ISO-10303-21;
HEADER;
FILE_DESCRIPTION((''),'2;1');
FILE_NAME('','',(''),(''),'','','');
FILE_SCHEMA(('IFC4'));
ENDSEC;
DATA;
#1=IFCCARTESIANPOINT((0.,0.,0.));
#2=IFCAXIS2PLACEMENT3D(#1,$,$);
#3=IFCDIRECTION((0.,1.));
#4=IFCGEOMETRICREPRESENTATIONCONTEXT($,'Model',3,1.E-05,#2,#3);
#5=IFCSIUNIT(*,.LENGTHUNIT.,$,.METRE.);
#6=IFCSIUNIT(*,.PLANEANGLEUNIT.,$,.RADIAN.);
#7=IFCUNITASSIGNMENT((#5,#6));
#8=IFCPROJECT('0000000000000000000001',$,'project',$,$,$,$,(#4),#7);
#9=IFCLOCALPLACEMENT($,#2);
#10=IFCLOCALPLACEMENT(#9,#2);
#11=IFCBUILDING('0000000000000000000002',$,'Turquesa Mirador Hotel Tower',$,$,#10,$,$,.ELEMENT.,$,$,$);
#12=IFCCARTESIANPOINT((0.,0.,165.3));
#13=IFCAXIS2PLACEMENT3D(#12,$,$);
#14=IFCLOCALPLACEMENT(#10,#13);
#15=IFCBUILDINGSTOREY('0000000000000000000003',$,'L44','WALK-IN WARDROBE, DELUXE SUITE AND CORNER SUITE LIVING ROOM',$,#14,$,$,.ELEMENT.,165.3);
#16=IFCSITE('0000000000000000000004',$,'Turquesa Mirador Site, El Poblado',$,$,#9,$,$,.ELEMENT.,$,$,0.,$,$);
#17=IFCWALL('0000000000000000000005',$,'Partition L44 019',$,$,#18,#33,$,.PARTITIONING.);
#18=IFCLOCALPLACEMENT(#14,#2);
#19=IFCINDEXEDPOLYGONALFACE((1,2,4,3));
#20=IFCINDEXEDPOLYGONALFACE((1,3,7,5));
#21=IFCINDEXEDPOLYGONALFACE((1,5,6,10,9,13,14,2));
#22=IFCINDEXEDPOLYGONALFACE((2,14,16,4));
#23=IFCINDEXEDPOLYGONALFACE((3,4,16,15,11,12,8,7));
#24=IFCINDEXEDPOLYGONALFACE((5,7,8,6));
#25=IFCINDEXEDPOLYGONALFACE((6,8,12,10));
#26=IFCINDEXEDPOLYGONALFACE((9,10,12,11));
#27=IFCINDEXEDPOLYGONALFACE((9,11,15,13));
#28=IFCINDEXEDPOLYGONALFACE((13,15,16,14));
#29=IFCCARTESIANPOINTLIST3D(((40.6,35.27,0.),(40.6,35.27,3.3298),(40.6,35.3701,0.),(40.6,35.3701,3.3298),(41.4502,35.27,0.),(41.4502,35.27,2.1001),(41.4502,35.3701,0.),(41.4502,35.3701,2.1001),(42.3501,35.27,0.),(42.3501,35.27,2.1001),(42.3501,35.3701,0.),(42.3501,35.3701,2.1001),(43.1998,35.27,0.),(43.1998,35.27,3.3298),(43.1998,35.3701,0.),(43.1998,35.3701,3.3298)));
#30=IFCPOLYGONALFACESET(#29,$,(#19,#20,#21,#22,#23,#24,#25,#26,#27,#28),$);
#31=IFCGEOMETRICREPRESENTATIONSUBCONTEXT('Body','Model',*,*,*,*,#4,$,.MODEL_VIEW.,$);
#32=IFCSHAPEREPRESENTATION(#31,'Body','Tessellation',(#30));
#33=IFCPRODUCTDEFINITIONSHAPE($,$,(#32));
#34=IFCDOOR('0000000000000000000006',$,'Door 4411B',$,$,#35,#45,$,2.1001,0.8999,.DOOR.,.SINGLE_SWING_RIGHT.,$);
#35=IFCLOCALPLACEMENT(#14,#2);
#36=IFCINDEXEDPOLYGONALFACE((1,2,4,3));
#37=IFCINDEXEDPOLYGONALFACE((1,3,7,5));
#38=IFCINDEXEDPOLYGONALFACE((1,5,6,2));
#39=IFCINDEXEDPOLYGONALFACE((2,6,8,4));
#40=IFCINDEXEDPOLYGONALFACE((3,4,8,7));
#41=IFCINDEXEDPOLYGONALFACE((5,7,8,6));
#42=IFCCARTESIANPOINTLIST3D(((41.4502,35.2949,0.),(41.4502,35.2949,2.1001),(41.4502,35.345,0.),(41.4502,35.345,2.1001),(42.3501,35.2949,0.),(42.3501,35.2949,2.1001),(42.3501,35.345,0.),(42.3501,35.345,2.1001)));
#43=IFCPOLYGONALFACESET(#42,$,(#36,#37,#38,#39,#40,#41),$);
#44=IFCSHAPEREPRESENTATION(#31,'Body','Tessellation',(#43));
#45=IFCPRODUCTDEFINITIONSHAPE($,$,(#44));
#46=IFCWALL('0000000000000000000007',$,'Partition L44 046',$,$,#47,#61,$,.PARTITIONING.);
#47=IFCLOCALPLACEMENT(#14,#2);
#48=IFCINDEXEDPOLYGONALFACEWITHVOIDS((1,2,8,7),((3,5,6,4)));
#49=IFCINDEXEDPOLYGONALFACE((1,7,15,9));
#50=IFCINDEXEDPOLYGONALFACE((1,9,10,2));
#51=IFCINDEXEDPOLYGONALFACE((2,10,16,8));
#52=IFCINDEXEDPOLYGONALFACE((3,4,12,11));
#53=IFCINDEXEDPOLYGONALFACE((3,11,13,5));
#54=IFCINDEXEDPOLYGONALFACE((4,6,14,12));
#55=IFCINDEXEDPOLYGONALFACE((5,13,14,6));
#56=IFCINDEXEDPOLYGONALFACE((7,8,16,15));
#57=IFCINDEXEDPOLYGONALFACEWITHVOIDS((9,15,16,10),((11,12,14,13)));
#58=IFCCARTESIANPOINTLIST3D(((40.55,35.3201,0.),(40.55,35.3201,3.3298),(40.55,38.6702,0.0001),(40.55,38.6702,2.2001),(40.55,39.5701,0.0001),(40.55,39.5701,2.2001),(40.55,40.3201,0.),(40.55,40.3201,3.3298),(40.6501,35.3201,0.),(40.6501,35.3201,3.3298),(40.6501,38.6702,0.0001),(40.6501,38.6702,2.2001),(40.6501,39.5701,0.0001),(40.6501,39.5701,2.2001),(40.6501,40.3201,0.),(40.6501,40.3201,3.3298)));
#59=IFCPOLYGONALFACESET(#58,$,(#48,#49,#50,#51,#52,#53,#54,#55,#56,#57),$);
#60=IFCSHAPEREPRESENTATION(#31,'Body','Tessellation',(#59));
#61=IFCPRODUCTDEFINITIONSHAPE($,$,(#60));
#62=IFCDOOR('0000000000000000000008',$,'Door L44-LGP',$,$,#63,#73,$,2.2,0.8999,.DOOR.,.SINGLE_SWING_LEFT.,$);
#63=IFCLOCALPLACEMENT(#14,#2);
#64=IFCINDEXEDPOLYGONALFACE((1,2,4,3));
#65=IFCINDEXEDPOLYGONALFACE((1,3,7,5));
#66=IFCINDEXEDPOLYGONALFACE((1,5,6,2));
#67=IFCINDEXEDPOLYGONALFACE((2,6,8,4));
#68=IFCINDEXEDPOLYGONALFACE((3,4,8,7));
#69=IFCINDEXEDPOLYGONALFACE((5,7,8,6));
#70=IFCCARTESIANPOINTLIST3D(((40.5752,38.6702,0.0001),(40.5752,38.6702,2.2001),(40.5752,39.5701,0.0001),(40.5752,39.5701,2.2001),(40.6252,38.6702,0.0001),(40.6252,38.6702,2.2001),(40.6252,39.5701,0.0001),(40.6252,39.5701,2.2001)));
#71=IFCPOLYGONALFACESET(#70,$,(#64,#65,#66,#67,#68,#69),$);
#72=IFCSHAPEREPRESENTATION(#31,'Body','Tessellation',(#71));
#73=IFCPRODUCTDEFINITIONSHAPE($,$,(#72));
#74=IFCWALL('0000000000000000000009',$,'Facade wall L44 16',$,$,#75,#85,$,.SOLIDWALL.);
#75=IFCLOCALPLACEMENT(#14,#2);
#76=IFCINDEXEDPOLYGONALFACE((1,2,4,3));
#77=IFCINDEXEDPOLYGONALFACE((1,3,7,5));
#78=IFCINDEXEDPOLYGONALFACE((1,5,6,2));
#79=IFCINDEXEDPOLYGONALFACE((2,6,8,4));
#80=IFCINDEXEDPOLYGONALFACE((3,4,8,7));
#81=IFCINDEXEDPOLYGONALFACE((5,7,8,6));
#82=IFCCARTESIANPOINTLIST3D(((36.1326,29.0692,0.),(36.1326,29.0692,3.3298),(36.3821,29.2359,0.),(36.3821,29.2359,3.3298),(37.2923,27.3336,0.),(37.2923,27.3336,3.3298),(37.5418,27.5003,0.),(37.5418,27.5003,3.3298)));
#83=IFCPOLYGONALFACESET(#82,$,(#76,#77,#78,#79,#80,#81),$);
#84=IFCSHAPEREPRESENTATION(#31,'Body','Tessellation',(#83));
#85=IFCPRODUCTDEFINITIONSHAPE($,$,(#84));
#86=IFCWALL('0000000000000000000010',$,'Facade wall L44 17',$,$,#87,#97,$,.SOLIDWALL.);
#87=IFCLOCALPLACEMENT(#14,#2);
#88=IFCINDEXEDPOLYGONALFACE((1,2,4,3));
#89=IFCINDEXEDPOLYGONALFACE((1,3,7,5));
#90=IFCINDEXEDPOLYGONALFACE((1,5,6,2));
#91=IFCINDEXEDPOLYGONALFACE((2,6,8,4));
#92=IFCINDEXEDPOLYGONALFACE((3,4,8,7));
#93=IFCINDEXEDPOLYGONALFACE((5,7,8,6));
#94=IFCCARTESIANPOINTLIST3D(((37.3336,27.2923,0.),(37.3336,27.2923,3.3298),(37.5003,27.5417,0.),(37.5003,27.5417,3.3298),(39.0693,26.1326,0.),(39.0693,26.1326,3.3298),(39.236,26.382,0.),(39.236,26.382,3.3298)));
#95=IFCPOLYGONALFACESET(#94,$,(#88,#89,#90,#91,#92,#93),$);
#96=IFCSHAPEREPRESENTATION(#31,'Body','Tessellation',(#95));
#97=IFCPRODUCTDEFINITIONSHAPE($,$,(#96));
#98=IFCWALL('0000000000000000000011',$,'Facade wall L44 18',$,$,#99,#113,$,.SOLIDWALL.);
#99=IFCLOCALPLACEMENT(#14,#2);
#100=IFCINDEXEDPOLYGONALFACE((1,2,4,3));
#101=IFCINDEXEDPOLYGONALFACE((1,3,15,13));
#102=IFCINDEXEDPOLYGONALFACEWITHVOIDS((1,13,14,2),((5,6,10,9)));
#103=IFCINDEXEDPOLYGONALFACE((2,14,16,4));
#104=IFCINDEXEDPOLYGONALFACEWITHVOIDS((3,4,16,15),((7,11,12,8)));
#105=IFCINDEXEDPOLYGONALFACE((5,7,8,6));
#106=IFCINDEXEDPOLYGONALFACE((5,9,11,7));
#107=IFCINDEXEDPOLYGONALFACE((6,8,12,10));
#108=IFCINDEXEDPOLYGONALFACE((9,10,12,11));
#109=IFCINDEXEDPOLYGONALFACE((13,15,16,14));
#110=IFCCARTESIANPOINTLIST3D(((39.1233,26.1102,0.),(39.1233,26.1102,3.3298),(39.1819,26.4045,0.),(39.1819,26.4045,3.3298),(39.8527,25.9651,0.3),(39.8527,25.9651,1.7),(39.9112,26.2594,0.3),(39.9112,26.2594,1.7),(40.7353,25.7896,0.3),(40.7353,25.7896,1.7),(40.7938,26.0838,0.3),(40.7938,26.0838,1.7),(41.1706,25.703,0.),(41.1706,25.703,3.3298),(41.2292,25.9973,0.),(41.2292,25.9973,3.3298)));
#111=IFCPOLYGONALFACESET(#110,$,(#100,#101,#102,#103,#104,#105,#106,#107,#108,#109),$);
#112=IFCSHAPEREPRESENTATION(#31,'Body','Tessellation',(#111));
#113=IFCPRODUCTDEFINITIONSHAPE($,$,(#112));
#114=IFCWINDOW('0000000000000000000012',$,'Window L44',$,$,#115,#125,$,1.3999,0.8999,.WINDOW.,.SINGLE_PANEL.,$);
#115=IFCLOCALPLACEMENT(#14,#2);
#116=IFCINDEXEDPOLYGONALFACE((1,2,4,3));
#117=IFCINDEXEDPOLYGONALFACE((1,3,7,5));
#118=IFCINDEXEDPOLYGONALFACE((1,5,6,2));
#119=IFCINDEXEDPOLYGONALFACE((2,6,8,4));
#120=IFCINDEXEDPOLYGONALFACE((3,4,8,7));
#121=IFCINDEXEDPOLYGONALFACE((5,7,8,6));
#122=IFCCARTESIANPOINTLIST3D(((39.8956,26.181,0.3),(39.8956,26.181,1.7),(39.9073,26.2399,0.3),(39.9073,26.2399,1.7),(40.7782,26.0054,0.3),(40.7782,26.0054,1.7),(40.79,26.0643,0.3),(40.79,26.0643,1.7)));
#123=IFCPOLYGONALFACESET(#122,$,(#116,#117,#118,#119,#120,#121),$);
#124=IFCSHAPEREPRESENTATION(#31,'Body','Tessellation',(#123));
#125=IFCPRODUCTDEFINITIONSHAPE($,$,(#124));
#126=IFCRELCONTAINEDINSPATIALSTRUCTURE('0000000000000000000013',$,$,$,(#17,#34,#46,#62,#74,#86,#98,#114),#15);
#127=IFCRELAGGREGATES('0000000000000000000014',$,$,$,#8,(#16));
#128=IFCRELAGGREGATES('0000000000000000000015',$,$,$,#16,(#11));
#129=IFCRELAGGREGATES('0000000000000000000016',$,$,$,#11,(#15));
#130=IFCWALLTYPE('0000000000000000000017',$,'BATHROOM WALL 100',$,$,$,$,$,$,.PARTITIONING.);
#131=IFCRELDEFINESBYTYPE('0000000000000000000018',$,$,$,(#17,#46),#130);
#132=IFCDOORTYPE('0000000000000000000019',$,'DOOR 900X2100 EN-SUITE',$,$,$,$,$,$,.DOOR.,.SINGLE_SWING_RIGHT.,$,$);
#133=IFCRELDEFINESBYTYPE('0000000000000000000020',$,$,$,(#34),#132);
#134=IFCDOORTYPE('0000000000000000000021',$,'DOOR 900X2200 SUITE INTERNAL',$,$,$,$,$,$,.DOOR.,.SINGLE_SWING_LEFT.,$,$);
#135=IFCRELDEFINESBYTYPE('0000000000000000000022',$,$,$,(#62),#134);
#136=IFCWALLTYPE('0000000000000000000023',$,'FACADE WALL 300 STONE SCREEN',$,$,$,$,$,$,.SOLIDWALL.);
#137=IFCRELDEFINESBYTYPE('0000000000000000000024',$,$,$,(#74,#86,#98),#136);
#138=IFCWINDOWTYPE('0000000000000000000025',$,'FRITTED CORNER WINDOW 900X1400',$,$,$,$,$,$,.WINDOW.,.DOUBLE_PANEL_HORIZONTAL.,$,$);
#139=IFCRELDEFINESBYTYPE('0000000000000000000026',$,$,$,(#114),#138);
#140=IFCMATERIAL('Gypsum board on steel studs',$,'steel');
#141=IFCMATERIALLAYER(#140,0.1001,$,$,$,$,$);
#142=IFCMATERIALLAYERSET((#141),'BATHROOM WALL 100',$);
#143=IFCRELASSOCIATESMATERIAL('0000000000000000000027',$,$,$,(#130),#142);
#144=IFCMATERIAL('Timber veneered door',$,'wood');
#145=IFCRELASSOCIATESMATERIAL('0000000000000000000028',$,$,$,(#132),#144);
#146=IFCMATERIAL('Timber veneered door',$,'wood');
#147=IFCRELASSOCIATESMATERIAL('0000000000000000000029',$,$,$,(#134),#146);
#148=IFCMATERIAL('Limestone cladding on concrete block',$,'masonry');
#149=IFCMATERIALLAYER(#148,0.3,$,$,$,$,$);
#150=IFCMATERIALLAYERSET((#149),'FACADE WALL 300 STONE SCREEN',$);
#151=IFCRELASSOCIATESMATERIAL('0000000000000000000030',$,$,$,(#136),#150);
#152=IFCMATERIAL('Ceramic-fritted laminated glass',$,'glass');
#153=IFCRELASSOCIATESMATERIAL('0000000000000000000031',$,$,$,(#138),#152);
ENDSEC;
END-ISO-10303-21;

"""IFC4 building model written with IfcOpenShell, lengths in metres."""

from ifc_helpers import new_model, si_unit, direction, frame, frame_2d, origin, place, context, subcontext, project, spatial, rectangle, extrude, material, layer, layer_set, type_object, element, fill, save


model = new_model("IFC4")

# Units and contexts
model_context = context("Model", 3, precision=1e-05, world=origin(), true_north=direction((0.0, 1.0)))
body_context = subcontext(model_context, "Body", "Model", "MODEL_VIEW")
ifc_project = project(units=[si_unit("LENGTHUNIT", "METRE"), si_unit("PLANEANGLEUNIT", "RADIAN")], contexts=[model_context])

# Site, building, storey
site_placement = place(None, origin())
site = spatial("IfcSite", under=ifc_project, at=site_placement, Name="Turquesa Mirador Site, El Poblado", CompositionType="ELEMENT", RefElevation=0.0)
building_placement = place(site_placement, origin())
building = spatial("IfcBuilding", under=site, at=building_placement, Name="Turquesa Mirador Hotel Tower", CompositionType="ELEMENT")
storey_placement = place(building_placement, frame((0.0, 0.0, 165.3)))
storey = spatial("IfcBuildingStorey", under=building, at=storey_placement, Name="L44", Description="WALK-IN WARDROBE, DELUXE SUITE AND CORNER SUITE LIVING ROOM", CompositionType="ELEMENT", Elevation=165.3)

# Shared definitions
ifc_material_1 = material(Name="Gypsum board on steel studs", Category="steel")
ifc_layer_1 = layer(ifc_material_1, 0.1001)
ifc_layer_set_1 = layer_set([ifc_layer_1], Name="BATHROOM WALL 100")
wall_type_1 = type_object("IfcWallType", Name="BATHROOM WALL 100", PredefinedType="PARTITIONING", material=ifc_layer_set_1)

# Walls, openings, doors
wall_1_placement = place(storey_placement, frame((40.6001, 35.3201, 0.0), z_axis=(0.0, 0.0, 1.0), x_axis=(1.0, 0.0, 0.0)))
wall_1 = element("IfcWall", 1, at=wall_1_placement, inside=storey, type_object=wall_type_1, Name="Partition L44 019", PredefinedType="PARTITIONING", context=body_context, shape_type="SweptSolid", body=[
    extrude(rectangle(XDim=2.5999, YDim=0.1001, at=frame_2d((1.2998, 0.0))), origin(), (0.0, 0.0, 1.0), 3.3298),
])
opening_1_placement = place(wall_1_placement, frame((0.8501, 0.0, 0.0)))
opening_1 = element("IfcOpeningElement", 2, at=opening_1_placement, cuts=wall_1, PredefinedType="OPENING", context=body_context, shape_type="SweptSolid", body=[
    extrude(rectangle(XDim=0.8999, YDim=2.1001, at=frame_2d((0.45, 1.05))), frame((0.0, 0.0601, 0.0), z_axis=(0.0, -1.0, 0.0), x_axis=(1.0, 0.0, 0.0)), (0.0, 0.0, 1.0), 0.1201),
])
ifc_material_2 = material(Name="Timber veneered door", Category="wood")
door_type_1 = type_object("IfcDoorType", Name="DOOR 900X2100 EN-SUITE", OperationType="SINGLE_SWING_RIGHT", PredefinedType="DOOR", material=ifc_material_2)
door_1_placement = place(opening_1_placement, origin())
door_1 = element("IfcDoor", 3, at=door_1_placement, inside=storey, type_object=door_type_1, Name="Door 4411B", OperationType="SINGLE_SWING_RIGHT", OverallHeight=2.1001, OverallWidth=0.8999, PredefinedType="DOOR", context=body_context, shape_type="SweptSolid", body=[
    extrude(rectangle(XDim=0.8999, YDim=2.1001, at=frame_2d((0.45, 1.05))), frame((0.0, 0.0249, 0.0), z_axis=(0.0, -1.0, 0.0), x_axis=(1.0, 0.0, 0.0)), (0.0, 0.0, 1.0), 0.05),
])
fill(opening_1, door_1)
wall_2_placement = place(storey_placement, frame((40.6001, 35.3201, 0.0), z_axis=(0.0, 0.0, 1.0), x_axis=(0.0, 1.0, 0.0)))
wall_2 = element("IfcWall", 4, at=wall_2_placement, inside=storey, type_object=wall_type_1, Name="Partition L44 046", PredefinedType="PARTITIONING", context=body_context, shape_type="SweptSolid", body=[
    extrude(rectangle(XDim=5.0, YDim=0.1001, at=frame_2d((2.5, 0.0))), origin(), (0.0, 0.0, 1.0), 3.3298),
])
opening_2_placement = place(wall_2_placement, frame((3.3501, 0.0, 0.0)))
opening_2 = element("IfcOpeningElement", 5, at=opening_2_placement, cuts=wall_2, PredefinedType="OPENING", context=body_context, shape_type="SweptSolid", body=[
    extrude(rectangle(XDim=0.8999, YDim=2.2, at=frame_2d((0.45, 1.1001))), frame((0.0, 0.0601, 0.0), z_axis=(0.0, -1.0, 0.0), x_axis=(1.0, 0.0, 0.0)), (0.0, 0.0, 1.0), 0.1201),
])
ifc_material_3 = material(Name="Timber veneered door", Category="wood")
door_type_2 = type_object("IfcDoorType", Name="DOOR 900X2200 SUITE INTERNAL", OperationType="SINGLE_SWING_LEFT", PredefinedType="DOOR", material=ifc_material_3)
door_2_placement = place(opening_2_placement, origin())
door_2 = element("IfcDoor", 6, at=door_2_placement, inside=storey, type_object=door_type_2, Name="Door L44-LGP", OperationType="SINGLE_SWING_LEFT", OverallHeight=2.2, OverallWidth=0.8999, PredefinedType="DOOR", context=body_context, shape_type="SweptSolid", body=[
    extrude(rectangle(XDim=0.8999, YDim=2.2, at=frame_2d((0.45, 1.1001))), frame((0.0, 0.0249, 0.0), z_axis=(0.0, -1.0, 0.0), x_axis=(1.0, 0.0, 0.0)), (0.0, 0.0, 1.0), 0.05),
])
fill(opening_2, door_2)

# Walls
ifc_material_4 = material(Name="Limestone cladding on concrete block", Category="masonry")
ifc_layer_2 = layer(ifc_material_4, 0.3)
ifc_layer_set_2 = layer_set([ifc_layer_2], Name="FACADE WALL 300 STONE SCREEN")
wall_type_2 = type_object("IfcWallType", Name="FACADE WALL 300 STONE SCREEN", PredefinedType="SOLIDWALL", material=ifc_layer_set_2)
for number, where, z_axis, x_axis, name in (
    (7, (36.2573, 29.1526, 0.0), (0.0, 0.0, 1.0), (0.555564, -0.831474, 0.0), "Facade wall L44 16"),
    (8, (37.417, 27.417, 0.0), (0.0, 0.0, 1.0), (0.831474, -0.555564, 0.0), "Facade wall L44 17"),
):
    element("IfcWall", number, at=place(storey_placement, frame(where, z_axis=z_axis, x_axis=x_axis)), inside=storey, type_object=wall_type_2, Name=name, PredefinedType="SOLIDWALL", context=body_context, shape_type="SweptSolid", body=[
        extrude(rectangle(XDim=2.0874, YDim=0.3, at=frame_2d((1.0437, 0.0))), origin(), (0.0, 0.0, 1.0), 3.3298),
    ])

# Wall, opening, window
wall_3_placement = place(storey_placement, frame((39.1526, 26.2573, 0.0), z_axis=(0.0, 0.0, 1.0), x_axis=(0.980787, -0.195081, 0.0)))
wall_3 = element("IfcWall", 9, at=wall_3_placement, inside=storey, type_object=wall_type_2, Name="Facade wall L44 18", PredefinedType="SOLIDWALL", context=body_context, shape_type="SweptSolid", body=[
    extrude(rectangle(XDim=2.0874, YDim=0.3, at=frame_2d((1.0437, 0.0))), origin(), (0.0, 0.0, 1.0), 3.3298),
])
opening_3_placement = place(wall_3_placement, frame((0.7437, 0.0, 0.3)))
opening_3 = element("IfcOpeningElement", 10, at=opening_3_placement, cuts=wall_3, PredefinedType="OPENING", context=body_context, shape_type="SweptSolid", body=[
    extrude(rectangle(XDim=0.8999, YDim=1.3999, at=frame_2d((0.45, 0.7))), frame((0.0, 0.1599, 0.0), z_axis=(0.0, -1.0, 0.0), x_axis=(1.0, 0.0, 0.0)), (0.0, 0.0, 1.0), 0.3201),
])
ifc_material_5 = material(Name="Ceramic-fritted laminated glass", Category="glass")
window_type_1 = type_object("IfcWindowType", Name="FRITTED CORNER WINDOW 900X1400", PartitioningType="DOUBLE_PANEL_HORIZONTAL", PredefinedType="WINDOW", material=ifc_material_5)
window_1_placement = place(opening_3_placement, origin())
window_1 = element("IfcWindow", 11, at=window_1_placement, inside=storey, type_object=window_type_1, Name="Window L44", OverallHeight=1.3999, OverallWidth=0.8999, PartitioningType="SINGLE_PANEL", PredefinedType="WINDOW", context=body_context, shape_type="SweptSolid", body=[
    extrude(rectangle(XDim=0.8999, YDim=1.3999, at=frame_2d((0.45, 0.7))), frame((0.0, 0.1301, 0.0), z_axis=(0.0, -1.0, 0.0), x_axis=(1.0, 0.0, 0.0)), (0.0, 0.0, 1.0), 0.0601),
])
fill(opening_3, window_1)

save(model, "model.ifc")
